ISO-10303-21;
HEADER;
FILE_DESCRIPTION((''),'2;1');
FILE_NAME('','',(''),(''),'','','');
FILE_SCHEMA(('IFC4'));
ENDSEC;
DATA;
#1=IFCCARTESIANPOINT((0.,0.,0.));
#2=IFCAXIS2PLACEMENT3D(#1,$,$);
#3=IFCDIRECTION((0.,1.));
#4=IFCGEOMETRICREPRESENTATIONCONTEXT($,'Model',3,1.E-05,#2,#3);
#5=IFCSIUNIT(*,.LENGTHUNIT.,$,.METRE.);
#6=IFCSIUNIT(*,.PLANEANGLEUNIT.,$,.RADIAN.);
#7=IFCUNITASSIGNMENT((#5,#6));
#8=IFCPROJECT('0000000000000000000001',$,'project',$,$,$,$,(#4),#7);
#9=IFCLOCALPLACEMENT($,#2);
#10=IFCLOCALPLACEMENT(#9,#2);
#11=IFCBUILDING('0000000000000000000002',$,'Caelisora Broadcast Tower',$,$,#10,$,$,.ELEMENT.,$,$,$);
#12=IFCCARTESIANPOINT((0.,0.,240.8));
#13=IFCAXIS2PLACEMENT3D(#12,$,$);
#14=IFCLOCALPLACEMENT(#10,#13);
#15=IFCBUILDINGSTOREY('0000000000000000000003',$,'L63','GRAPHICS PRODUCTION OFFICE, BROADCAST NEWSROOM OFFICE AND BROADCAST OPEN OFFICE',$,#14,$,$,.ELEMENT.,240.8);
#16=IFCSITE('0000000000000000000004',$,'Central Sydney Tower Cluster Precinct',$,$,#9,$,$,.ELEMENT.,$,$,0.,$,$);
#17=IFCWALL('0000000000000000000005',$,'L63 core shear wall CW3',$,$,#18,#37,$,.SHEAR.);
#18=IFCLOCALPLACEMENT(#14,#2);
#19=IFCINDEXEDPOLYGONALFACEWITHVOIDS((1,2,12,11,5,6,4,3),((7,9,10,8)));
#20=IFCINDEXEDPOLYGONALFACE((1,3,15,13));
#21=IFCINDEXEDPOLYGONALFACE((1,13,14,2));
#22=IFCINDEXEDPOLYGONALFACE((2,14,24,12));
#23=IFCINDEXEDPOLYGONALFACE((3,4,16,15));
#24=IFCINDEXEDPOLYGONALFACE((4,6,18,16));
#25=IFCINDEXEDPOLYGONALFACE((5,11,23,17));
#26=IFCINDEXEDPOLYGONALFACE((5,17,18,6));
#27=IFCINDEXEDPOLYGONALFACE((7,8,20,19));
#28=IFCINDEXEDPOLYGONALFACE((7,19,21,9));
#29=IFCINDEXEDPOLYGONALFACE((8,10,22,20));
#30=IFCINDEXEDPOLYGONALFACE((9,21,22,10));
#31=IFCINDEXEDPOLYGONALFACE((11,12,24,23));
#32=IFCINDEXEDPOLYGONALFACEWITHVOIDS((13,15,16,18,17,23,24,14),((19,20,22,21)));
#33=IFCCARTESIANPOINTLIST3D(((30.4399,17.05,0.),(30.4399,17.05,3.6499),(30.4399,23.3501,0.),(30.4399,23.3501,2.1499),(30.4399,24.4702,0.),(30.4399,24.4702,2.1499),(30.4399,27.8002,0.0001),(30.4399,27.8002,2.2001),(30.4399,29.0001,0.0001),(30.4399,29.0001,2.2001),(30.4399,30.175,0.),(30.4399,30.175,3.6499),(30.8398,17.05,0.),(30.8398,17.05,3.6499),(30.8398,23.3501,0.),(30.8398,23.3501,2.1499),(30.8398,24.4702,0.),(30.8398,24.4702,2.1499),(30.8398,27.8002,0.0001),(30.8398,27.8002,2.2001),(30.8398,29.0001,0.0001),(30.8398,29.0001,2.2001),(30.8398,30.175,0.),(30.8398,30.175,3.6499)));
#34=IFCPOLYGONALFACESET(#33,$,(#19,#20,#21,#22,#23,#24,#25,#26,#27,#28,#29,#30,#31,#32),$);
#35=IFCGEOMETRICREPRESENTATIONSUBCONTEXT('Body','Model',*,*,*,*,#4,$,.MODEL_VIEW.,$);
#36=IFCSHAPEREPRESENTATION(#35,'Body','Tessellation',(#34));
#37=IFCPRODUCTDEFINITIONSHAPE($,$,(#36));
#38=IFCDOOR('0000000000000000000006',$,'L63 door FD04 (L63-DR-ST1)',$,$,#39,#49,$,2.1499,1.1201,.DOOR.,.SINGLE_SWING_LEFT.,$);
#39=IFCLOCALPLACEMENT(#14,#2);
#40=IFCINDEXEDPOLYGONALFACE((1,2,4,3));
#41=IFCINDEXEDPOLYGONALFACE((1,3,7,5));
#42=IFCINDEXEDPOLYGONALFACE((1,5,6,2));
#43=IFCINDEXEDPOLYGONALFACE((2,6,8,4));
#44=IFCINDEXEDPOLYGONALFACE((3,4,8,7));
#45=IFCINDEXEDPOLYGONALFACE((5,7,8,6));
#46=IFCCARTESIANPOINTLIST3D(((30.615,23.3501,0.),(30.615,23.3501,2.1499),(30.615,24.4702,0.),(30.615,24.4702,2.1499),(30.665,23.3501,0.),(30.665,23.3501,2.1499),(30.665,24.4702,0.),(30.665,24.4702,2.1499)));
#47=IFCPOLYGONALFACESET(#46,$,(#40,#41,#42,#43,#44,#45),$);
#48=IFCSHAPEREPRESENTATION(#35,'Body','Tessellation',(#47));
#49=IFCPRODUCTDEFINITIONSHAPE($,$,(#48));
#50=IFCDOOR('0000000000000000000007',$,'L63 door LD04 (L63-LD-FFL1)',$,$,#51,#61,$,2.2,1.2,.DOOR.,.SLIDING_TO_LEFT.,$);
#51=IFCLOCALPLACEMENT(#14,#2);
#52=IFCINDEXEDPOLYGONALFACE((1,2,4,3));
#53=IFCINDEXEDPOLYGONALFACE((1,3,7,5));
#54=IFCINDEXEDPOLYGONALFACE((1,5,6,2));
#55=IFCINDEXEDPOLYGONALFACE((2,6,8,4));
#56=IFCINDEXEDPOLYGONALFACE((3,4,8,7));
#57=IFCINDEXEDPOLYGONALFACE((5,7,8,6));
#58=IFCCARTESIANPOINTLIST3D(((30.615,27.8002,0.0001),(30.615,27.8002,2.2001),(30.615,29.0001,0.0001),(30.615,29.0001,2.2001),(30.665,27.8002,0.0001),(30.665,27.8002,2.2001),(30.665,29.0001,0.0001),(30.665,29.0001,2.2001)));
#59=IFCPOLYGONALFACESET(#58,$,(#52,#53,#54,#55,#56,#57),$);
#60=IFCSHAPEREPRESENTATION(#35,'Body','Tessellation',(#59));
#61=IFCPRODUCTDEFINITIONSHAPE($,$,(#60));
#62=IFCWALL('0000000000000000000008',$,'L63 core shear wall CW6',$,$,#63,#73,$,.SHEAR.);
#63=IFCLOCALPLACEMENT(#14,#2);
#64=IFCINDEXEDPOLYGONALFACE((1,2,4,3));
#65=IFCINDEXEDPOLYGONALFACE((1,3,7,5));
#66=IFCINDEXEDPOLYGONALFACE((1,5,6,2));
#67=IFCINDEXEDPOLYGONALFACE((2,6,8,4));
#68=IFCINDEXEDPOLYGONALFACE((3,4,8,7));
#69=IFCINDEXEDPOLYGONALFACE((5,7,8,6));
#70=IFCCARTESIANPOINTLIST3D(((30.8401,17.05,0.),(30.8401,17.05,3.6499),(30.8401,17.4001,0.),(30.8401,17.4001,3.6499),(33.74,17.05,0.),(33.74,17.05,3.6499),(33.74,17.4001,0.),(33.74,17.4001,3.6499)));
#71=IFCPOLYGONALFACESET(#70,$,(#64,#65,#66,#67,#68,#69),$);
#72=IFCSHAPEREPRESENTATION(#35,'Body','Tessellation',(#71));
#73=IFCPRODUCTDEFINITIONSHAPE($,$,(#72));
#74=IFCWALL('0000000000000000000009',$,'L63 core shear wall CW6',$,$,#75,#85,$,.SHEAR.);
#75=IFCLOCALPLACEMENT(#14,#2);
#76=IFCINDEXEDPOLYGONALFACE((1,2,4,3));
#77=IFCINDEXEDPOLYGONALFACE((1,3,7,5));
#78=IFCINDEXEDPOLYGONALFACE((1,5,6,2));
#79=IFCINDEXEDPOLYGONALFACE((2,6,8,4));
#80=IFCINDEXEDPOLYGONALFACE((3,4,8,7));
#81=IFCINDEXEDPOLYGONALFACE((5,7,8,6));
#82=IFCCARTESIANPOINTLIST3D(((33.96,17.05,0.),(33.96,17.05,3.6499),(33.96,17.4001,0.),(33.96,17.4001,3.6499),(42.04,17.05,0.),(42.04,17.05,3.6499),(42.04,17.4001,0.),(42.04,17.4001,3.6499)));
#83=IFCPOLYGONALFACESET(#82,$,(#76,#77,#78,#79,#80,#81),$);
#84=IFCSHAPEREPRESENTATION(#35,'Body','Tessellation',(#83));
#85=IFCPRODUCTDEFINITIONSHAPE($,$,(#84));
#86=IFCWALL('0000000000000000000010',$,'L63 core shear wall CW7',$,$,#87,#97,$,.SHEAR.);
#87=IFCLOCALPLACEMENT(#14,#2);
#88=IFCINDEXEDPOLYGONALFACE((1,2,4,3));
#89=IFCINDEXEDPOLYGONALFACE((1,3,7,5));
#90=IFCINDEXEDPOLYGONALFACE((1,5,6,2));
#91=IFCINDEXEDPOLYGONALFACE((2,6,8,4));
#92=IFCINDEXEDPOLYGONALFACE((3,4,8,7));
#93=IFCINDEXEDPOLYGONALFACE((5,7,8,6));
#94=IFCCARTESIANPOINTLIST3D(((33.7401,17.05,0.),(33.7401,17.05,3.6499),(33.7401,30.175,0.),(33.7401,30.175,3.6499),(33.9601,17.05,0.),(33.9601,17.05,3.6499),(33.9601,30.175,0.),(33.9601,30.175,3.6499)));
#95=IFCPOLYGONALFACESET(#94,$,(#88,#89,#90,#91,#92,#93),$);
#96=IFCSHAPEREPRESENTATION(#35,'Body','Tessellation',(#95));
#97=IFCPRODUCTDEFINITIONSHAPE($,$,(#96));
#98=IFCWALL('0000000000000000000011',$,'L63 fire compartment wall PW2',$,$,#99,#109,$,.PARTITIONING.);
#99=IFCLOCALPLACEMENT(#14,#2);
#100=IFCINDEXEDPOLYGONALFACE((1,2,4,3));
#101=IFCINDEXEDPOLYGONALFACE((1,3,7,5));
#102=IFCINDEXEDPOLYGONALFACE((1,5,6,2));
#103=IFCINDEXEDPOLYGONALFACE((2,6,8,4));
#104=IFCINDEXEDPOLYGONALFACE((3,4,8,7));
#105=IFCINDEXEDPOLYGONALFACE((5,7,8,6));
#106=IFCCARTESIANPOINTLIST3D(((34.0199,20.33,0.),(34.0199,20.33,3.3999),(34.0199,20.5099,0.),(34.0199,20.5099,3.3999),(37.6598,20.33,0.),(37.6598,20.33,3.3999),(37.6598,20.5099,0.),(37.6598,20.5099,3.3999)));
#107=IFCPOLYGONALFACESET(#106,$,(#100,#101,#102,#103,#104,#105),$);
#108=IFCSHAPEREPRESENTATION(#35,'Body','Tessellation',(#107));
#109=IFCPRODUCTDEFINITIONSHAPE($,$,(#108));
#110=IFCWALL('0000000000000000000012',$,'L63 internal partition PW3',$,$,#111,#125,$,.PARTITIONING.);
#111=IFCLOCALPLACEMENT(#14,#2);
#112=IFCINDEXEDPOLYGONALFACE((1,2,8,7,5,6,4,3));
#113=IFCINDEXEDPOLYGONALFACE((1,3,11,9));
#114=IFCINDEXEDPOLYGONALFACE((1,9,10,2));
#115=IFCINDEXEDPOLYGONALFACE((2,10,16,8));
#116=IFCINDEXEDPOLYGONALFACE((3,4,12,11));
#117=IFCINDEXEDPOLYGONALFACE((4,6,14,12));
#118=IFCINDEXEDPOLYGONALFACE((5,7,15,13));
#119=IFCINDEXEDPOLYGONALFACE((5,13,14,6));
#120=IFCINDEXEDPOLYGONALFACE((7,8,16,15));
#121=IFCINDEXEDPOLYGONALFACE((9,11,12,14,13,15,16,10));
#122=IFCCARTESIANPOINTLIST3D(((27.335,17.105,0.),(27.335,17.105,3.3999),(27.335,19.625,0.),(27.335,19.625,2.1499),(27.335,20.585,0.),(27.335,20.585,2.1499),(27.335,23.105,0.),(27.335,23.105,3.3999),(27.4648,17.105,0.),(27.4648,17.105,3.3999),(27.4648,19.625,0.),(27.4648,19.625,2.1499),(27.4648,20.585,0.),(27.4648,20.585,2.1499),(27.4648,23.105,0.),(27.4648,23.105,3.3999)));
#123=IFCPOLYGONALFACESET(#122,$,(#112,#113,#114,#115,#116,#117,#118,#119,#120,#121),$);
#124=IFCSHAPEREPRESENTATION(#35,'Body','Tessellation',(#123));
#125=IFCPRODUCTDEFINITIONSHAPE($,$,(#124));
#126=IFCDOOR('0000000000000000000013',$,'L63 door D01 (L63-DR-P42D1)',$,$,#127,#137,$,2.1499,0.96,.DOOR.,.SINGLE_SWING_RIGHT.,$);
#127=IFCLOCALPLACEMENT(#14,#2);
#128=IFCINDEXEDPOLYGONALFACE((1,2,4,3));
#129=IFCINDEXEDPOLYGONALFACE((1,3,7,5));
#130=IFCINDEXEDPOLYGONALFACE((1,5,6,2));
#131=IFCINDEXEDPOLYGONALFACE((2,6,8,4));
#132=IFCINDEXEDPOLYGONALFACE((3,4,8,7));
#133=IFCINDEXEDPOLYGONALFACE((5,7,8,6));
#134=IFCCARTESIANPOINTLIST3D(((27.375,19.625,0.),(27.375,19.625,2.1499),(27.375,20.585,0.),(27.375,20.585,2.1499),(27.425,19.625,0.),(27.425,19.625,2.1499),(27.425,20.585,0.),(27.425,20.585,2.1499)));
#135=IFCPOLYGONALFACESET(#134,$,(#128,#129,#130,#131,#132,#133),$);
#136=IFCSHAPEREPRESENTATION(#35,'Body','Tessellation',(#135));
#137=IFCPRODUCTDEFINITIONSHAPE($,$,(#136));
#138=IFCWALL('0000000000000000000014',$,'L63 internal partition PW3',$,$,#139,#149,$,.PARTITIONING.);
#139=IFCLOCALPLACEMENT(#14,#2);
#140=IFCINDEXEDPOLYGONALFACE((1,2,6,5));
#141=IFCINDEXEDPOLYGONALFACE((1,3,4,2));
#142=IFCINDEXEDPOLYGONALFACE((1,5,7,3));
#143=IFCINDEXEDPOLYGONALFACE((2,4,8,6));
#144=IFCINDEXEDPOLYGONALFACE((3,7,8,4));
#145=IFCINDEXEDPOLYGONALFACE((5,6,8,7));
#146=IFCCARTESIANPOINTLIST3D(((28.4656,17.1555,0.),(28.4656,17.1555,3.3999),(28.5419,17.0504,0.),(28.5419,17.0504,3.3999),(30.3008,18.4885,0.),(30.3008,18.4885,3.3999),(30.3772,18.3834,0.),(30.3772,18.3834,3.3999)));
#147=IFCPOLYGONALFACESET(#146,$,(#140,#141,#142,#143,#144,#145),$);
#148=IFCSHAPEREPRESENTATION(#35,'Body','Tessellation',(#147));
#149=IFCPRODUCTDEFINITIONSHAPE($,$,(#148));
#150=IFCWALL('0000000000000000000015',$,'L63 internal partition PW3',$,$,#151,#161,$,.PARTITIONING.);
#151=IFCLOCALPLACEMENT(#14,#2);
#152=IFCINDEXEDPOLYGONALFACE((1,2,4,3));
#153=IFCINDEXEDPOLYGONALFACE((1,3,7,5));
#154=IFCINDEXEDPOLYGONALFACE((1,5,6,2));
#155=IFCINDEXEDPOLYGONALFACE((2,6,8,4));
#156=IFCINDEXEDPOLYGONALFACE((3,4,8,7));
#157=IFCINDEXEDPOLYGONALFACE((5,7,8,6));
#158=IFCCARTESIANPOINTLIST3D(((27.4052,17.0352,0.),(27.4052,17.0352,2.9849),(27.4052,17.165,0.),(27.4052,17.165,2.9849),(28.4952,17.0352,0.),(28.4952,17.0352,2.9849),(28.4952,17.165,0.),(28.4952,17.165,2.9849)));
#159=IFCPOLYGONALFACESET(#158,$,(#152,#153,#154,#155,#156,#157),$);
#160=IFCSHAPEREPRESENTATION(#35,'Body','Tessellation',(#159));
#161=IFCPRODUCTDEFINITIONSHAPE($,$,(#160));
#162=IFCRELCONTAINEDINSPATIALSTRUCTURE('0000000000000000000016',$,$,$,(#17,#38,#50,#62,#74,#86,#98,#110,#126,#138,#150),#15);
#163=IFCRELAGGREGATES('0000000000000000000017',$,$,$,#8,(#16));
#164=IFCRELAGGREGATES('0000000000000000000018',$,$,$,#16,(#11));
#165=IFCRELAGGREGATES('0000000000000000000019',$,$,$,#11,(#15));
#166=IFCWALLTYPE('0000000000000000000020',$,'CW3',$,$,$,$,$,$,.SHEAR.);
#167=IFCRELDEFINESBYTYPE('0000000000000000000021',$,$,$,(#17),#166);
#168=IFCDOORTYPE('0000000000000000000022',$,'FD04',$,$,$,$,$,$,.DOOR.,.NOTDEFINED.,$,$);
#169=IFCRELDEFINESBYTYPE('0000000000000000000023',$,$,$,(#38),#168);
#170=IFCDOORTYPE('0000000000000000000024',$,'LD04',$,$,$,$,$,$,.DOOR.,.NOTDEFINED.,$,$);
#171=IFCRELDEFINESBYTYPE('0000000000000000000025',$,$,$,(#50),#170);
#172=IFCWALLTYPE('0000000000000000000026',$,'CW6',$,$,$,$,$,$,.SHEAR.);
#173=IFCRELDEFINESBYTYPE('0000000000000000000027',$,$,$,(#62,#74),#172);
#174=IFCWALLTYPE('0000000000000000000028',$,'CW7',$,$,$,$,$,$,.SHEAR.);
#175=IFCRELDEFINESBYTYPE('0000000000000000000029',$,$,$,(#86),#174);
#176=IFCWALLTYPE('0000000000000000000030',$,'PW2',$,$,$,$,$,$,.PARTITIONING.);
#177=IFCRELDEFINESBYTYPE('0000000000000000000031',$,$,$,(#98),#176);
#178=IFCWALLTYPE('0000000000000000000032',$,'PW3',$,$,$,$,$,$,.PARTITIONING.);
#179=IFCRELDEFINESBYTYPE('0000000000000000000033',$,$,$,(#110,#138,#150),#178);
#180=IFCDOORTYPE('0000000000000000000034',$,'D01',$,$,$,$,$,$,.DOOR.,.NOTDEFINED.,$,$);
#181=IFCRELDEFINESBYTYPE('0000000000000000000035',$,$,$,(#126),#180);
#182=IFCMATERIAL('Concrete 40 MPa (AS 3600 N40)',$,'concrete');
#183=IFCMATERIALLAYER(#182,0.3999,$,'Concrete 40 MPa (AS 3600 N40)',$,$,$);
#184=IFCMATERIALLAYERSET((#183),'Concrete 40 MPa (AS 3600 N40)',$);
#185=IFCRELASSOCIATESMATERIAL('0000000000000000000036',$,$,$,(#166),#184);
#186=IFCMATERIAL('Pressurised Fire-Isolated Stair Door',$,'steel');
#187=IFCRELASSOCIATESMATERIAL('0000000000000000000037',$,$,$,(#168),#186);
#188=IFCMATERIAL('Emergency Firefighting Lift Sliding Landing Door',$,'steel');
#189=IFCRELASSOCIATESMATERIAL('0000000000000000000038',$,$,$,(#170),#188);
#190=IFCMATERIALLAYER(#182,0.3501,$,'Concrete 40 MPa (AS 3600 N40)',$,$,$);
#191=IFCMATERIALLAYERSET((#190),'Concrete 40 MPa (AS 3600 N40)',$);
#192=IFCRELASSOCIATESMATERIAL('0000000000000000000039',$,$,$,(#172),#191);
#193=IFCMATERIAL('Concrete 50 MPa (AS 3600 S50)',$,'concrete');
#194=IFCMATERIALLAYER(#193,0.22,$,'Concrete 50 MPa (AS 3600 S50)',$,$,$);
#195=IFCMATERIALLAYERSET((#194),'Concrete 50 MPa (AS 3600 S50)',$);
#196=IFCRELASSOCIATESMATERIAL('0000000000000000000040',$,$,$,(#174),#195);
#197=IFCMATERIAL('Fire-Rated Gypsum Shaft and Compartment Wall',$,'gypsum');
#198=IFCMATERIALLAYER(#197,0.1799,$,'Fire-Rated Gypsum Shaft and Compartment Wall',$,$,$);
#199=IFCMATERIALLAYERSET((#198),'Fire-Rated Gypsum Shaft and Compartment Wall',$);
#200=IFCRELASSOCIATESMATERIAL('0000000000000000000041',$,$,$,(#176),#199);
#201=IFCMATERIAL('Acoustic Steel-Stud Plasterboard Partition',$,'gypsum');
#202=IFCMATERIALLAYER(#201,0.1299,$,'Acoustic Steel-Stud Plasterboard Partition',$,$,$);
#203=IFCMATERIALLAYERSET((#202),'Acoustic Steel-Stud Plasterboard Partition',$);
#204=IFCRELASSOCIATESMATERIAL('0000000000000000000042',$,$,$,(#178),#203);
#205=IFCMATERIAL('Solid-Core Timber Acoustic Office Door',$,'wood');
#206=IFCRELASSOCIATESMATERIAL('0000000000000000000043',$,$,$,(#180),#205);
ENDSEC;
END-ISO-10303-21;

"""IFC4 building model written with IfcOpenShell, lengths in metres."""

from ifc_helpers import new_model, si_unit, direction, frame, frame_2d, origin, place, context, subcontext, project, spatial, rectangle, extrude, material, layer, layer_set, type_object, element, fill, save


model = new_model("IFC4")

# Units and contexts
model_context = context("Model", 3, precision=1e-05, world=origin(), true_north=direction((0.0, 1.0)))
body_context = subcontext(model_context, "Body", "Model", "MODEL_VIEW")
ifc_project = project(units=[si_unit("LENGTHUNIT", "METRE"), si_unit("PLANEANGLEUNIT", "RADIAN")], contexts=[model_context])

# Site, building, storey
site_placement = place(None, origin())
site = spatial("IfcSite", under=ifc_project, at=site_placement, Name="Central Sydney Tower Cluster Precinct", CompositionType="ELEMENT", RefElevation=0.0)
building_placement = place(site_placement, origin())
building = spatial("IfcBuilding", under=site, at=building_placement, Name="Caelisora Broadcast Tower", CompositionType="ELEMENT")
storey_placement = place(building_placement, frame((0.0, 0.0, 240.8)))
storey = spatial("IfcBuildingStorey", under=building, at=storey_placement, Name="L63", Description="GRAPHICS PRODUCTION OFFICE, BROADCAST NEWSROOM OFFICE AND BROADCAST OPEN OFFICE", CompositionType="ELEMENT", Elevation=240.8)

# Wall, openings, doors
ifc_material_1 = material(Name="Concrete 40 MPa (AS 3600 N40)", Category="concrete")
ifc_layer_1 = layer(ifc_material_1, 0.3999, Name="Concrete 40 MPa (AS 3600 N40)")
ifc_layer_set_1 = layer_set([ifc_layer_1], Name="Concrete 40 MPa (AS 3600 N40)")
wall_type_1 = type_object("IfcWallType", Name="CW3", PredefinedType="SHEAR", material=ifc_layer_set_1)
wall_1_placement = place(storey_placement, frame((30.6399, 17.05, 0.0), z_axis=(0.0, 0.0, 1.0), x_axis=(0.0, 1.0, 0.0)))
wall_1 = element("IfcWall", 1, at=wall_1_placement, inside=storey, type_object=wall_type_1, Name="L63 core shear wall CW3", PredefinedType="SHEAR", context=body_context, shape_type="SweptSolid", body=[
    extrude(rectangle(XDim=13.125, YDim=0.3999, at=frame_2d((6.5625, 0.0))), origin(), (0.0, 0.0, 1.0), 3.6499),
])
opening_1_placement = place(wall_1_placement, frame((6.3, 0.0, 0.0)))
opening_1 = element("IfcOpeningElement", 2, at=opening_1_placement, cuts=wall_1, PredefinedType="OPENING", context=body_context, shape_type="SweptSolid", body=[
    extrude(rectangle(XDim=1.1201, YDim=2.1499, at=frame_2d((0.5601, 1.075))), frame((0.0, 0.2119, 0.0), z_axis=(0.0, -1.0, 0.0), x_axis=(1.0, 0.0, 0.0)), (0.0, 0.0, 1.0), 0.4238),
])
opening_2_placement = place(wall_1_placement, frame((10.75, 0.0, 0.0)))
opening_2 = element("IfcOpeningElement", 3, at=opening_2_placement, cuts=wall_1, PredefinedType="OPENING", context=body_context, shape_type="SweptSolid", body=[
    extrude(rectangle(XDim=1.2, YDim=2.2, at=frame_2d((0.6001, 1.1001))), frame((0.0, 0.2119, 0.0), z_axis=(0.0, -1.0, 0.0), x_axis=(1.0, 0.0, 0.0)), (0.0, 0.0, 1.0), 0.4238),
])
ifc_material_2 = material(Name="Pressurised Fire-Isolated Stair Door", Category="steel")
door_type_1 = type_object("IfcDoorType", Name="FD04", OperationType="NOTDEFINED", PredefinedType="DOOR", material=ifc_material_2)
door_1_placement = place(opening_1_placement, origin())
door_1 = element("IfcDoor", 4, at=door_1_placement, inside=storey, type_object=door_type_1, Name="L63 door FD04 (L63-DR-ST1)", OperationType="SINGLE_SWING_LEFT", OverallHeight=2.1499, OverallWidth=1.1201, PredefinedType="DOOR", context=body_context, shape_type="SweptSolid", body=[
    extrude(rectangle(XDim=1.1201, YDim=2.1499, at=frame_2d((0.5601, 1.075))), frame((0.0, 0.0249, 0.0), z_axis=(0.0, -1.0, 0.0), x_axis=(1.0, 0.0, 0.0)), (0.0, 0.0, 1.0), 0.05),
])
fill(opening_1, door_1)
ifc_material_3 = material(Name="Emergency Firefighting Lift Sliding Landing Door", Category="steel")
door_type_2 = type_object("IfcDoorType", Name="LD04", OperationType="NOTDEFINED", PredefinedType="DOOR", material=ifc_material_3)
door_2_placement = place(opening_2_placement, origin())
door_2 = element("IfcDoor", 5, at=door_2_placement, inside=storey, type_object=door_type_2, Name="L63 door LD04 (L63-LD-FFL1)", OperationType="SLIDING_TO_LEFT", OverallHeight=2.2, OverallWidth=1.2, PredefinedType="DOOR", context=body_context, shape_type="SweptSolid", body=[
    extrude(rectangle(XDim=1.2, YDim=2.2, at=frame_2d((0.6001, 1.1001))), frame((0.0, 0.0249, 0.0), z_axis=(0.0, -1.0, 0.0), x_axis=(1.0, 0.0, 0.0)), (0.0, 0.0, 1.0), 0.05),
])
fill(opening_2, door_2)

# Walls
ifc_layer_2 = layer(ifc_material_1, 0.3501, Name="Concrete 40 MPa (AS 3600 N40)")
ifc_layer_set_2 = layer_set([ifc_layer_2], Name="Concrete 40 MPa (AS 3600 N40)")
wall_type_2 = type_object("IfcWallType", Name="CW6", PredefinedType="SHEAR", material=ifc_layer_set_2)
wall_2_placement = place(storey_placement, frame((30.8401, 17.2251, 0.0), z_axis=(0.0, 0.0, 1.0), x_axis=(1.0, 0.0, 0.0)))
element("IfcWall", 6, at=wall_2_placement, inside=storey, type_object=wall_type_2, Name="L63 core shear wall CW6", PredefinedType="SHEAR", context=body_context, shape_type="SweptSolid", body=[
    extrude(rectangle(XDim=2.8999, YDim=0.3501, at=frame_2d((1.45, 0.0))), origin(), (0.0, 0.0, 1.0), 3.6499),
])
wall_3_placement = place(storey_placement, frame((33.96, 17.2251, 0.0), z_axis=(0.0, 0.0, 1.0), x_axis=(1.0, 0.0, 0.0)))
element("IfcWall", 7, at=wall_3_placement, inside=storey, type_object=wall_type_2, Name="L63 core shear wall CW6", PredefinedType="SHEAR", context=body_context, shape_type="SweptSolid", body=[
    extrude(rectangle(XDim=8.0801, YDim=0.3501, at=frame_2d((4.04, 0.0))), origin(), (0.0, 0.0, 1.0), 3.6499),
])
ifc_material_4 = material(Name="Concrete 50 MPa (AS 3600 S50)", Category="concrete")
ifc_layer_3 = layer(ifc_material_4, 0.22, Name="Concrete 50 MPa (AS 3600 S50)")
ifc_layer_set_3 = layer_set([ifc_layer_3], Name="Concrete 50 MPa (AS 3600 S50)")
wall_type_3 = type_object("IfcWallType", Name="CW7", PredefinedType="SHEAR", material=ifc_layer_set_3)
wall_4_placement = place(storey_placement, frame((33.8501, 17.05, 0.0), z_axis=(0.0, 0.0, 1.0), x_axis=(0.0, 1.0, 0.0)))
element("IfcWall", 8, at=wall_4_placement, inside=storey, type_object=wall_type_3, Name="L63 core shear wall CW7", PredefinedType="SHEAR", context=body_context, shape_type="SweptSolid", body=[
    extrude(rectangle(XDim=13.125, YDim=0.22, at=frame_2d((6.5625, 0.0))), origin(), (0.0, 0.0, 1.0), 3.6499),
])
ifc_material_5 = material(Name="Fire-Rated Gypsum Shaft and Compartment Wall", Category="gypsum")
ifc_layer_4 = layer(ifc_material_5, 0.1799, Name="Fire-Rated Gypsum Shaft and Compartment Wall")
ifc_layer_set_4 = layer_set([ifc_layer_4], Name="Fire-Rated Gypsum Shaft and Compartment Wall")
wall_type_4 = type_object("IfcWallType", Name="PW2", PredefinedType="PARTITIONING", material=ifc_layer_set_4)
wall_5_placement = place(storey_placement, frame((34.02, 20.4199, 0.0), z_axis=(0.0, 0.0, 1.0), x_axis=(1.0, 0.0, 0.0)))
element("IfcWall", 9, at=wall_5_placement, inside=storey, type_object=wall_type_4, Name="L63 fire compartment wall PW2", PredefinedType="PARTITIONING", context=body_context, shape_type="SweptSolid", body=[
    extrude(rectangle(XDim=3.6399, YDim=0.1799, at=frame_2d((1.8198, 0.0))), origin(), (0.0, 0.0, 1.0), 3.3999),
])

# Wall, opening, door
ifc_material_6 = material(Name="Acoustic Steel-Stud Plasterboard Partition", Category="gypsum")
ifc_layer_5 = layer(ifc_material_6, 0.1299, Name="Acoustic Steel-Stud Plasterboard Partition")
ifc_layer_set_5 = layer_set([ifc_layer_5], Name="Acoustic Steel-Stud Plasterboard Partition")
wall_type_5 = type_object("IfcWallType", Name="PW3", PredefinedType="PARTITIONING", material=ifc_layer_set_5)
wall_6_placement = place(storey_placement, frame((27.3999, 17.105, 0.0), z_axis=(0.0, 0.0, 1.0), x_axis=(0.0, 1.0, 0.0)))
wall_6 = element("IfcWall", 10, at=wall_6_placement, inside=storey, type_object=wall_type_5, Name="L63 internal partition PW3", PredefinedType="PARTITIONING", context=body_context, shape_type="SweptSolid", body=[
    extrude(rectangle(XDim=6.0, YDim=0.1299, at=frame_2d((3.0, 0.0))), origin(), (0.0, 0.0, 1.0), 3.3999),
])
opening_3_placement = place(wall_6_placement, frame((2.52, 0.0, 0.0)))
opening_3 = element("IfcOpeningElement", 11, at=opening_3_placement, cuts=wall_6, PredefinedType="OPENING", context=body_context, shape_type="SweptSolid", body=[
    extrude(rectangle(XDim=0.96, YDim=2.1499, at=frame_2d((0.48, 1.075))), frame((0.0, 0.0769, 0.0), z_axis=(0.0, -1.0, 0.0), x_axis=(1.0, 0.0, 0.0)), (0.0, 0.0, 1.0), 0.1538),
])
ifc_material_7 = material(Name="Solid-Core Timber Acoustic Office Door", Category="wood")
door_type_3 = type_object("IfcDoorType", Name="D01", OperationType="NOTDEFINED", PredefinedType="DOOR", material=ifc_material_7)
door_3_placement = place(opening_3_placement, origin())
door_3 = element("IfcDoor", 12, at=door_3_placement, inside=storey, type_object=door_type_3, Name="L63 door D01 (L63-DR-P42D1)", OperationType="SINGLE_SWING_RIGHT", OverallHeight=2.1499, OverallWidth=0.96, PredefinedType="DOOR", context=body_context, shape_type="SweptSolid", body=[
    extrude(rectangle(XDim=0.96, YDim=2.1499, at=frame_2d((0.48, 1.075))), frame((0.0, 0.0249, 0.0), z_axis=(0.0, -1.0, 0.0), x_axis=(1.0, 0.0, 0.0)), (0.0, 0.0, 1.0), 0.05),
])
fill(opening_3, door_3)

# Walls
wall_7_placement = place(storey_placement, frame((30.3391, 18.436, 0.0), z_axis=(0.0, 0.0, 1.0), x_axis=(-0.80909, -0.587685, 0.0)))
element("IfcWall", 13, at=wall_7_placement, inside=storey, type_object=wall_type_5, Name="L63 internal partition PW3", PredefinedType="PARTITIONING", context=body_context, shape_type="SweptSolid", body=[
    extrude(rectangle(XDim=2.2683, YDim=0.1299, at=frame_2d((1.1343, 0.0))), origin(), (0.0, 0.0, 1.0), 3.3999),
])
wall_8_placement = place(storey_placement, frame((28.4951, 17.1001, 0.0), z_axis=(0.0, 0.0, 1.0), x_axis=(-1.0, 0.0, 0.0)))
element("IfcWall", 14, at=wall_8_placement, inside=storey, type_object=wall_type_5, Name="L63 internal partition PW3", PredefinedType="PARTITIONING", context=body_context, shape_type="SweptSolid", body=[
    extrude(rectangle(XDim=1.0901, YDim=0.1299, at=frame_2d((0.5449, 0.0))), origin(), (0.0, 0.0, 1.0), 2.9849),
])

save(model, "model.ifc")
